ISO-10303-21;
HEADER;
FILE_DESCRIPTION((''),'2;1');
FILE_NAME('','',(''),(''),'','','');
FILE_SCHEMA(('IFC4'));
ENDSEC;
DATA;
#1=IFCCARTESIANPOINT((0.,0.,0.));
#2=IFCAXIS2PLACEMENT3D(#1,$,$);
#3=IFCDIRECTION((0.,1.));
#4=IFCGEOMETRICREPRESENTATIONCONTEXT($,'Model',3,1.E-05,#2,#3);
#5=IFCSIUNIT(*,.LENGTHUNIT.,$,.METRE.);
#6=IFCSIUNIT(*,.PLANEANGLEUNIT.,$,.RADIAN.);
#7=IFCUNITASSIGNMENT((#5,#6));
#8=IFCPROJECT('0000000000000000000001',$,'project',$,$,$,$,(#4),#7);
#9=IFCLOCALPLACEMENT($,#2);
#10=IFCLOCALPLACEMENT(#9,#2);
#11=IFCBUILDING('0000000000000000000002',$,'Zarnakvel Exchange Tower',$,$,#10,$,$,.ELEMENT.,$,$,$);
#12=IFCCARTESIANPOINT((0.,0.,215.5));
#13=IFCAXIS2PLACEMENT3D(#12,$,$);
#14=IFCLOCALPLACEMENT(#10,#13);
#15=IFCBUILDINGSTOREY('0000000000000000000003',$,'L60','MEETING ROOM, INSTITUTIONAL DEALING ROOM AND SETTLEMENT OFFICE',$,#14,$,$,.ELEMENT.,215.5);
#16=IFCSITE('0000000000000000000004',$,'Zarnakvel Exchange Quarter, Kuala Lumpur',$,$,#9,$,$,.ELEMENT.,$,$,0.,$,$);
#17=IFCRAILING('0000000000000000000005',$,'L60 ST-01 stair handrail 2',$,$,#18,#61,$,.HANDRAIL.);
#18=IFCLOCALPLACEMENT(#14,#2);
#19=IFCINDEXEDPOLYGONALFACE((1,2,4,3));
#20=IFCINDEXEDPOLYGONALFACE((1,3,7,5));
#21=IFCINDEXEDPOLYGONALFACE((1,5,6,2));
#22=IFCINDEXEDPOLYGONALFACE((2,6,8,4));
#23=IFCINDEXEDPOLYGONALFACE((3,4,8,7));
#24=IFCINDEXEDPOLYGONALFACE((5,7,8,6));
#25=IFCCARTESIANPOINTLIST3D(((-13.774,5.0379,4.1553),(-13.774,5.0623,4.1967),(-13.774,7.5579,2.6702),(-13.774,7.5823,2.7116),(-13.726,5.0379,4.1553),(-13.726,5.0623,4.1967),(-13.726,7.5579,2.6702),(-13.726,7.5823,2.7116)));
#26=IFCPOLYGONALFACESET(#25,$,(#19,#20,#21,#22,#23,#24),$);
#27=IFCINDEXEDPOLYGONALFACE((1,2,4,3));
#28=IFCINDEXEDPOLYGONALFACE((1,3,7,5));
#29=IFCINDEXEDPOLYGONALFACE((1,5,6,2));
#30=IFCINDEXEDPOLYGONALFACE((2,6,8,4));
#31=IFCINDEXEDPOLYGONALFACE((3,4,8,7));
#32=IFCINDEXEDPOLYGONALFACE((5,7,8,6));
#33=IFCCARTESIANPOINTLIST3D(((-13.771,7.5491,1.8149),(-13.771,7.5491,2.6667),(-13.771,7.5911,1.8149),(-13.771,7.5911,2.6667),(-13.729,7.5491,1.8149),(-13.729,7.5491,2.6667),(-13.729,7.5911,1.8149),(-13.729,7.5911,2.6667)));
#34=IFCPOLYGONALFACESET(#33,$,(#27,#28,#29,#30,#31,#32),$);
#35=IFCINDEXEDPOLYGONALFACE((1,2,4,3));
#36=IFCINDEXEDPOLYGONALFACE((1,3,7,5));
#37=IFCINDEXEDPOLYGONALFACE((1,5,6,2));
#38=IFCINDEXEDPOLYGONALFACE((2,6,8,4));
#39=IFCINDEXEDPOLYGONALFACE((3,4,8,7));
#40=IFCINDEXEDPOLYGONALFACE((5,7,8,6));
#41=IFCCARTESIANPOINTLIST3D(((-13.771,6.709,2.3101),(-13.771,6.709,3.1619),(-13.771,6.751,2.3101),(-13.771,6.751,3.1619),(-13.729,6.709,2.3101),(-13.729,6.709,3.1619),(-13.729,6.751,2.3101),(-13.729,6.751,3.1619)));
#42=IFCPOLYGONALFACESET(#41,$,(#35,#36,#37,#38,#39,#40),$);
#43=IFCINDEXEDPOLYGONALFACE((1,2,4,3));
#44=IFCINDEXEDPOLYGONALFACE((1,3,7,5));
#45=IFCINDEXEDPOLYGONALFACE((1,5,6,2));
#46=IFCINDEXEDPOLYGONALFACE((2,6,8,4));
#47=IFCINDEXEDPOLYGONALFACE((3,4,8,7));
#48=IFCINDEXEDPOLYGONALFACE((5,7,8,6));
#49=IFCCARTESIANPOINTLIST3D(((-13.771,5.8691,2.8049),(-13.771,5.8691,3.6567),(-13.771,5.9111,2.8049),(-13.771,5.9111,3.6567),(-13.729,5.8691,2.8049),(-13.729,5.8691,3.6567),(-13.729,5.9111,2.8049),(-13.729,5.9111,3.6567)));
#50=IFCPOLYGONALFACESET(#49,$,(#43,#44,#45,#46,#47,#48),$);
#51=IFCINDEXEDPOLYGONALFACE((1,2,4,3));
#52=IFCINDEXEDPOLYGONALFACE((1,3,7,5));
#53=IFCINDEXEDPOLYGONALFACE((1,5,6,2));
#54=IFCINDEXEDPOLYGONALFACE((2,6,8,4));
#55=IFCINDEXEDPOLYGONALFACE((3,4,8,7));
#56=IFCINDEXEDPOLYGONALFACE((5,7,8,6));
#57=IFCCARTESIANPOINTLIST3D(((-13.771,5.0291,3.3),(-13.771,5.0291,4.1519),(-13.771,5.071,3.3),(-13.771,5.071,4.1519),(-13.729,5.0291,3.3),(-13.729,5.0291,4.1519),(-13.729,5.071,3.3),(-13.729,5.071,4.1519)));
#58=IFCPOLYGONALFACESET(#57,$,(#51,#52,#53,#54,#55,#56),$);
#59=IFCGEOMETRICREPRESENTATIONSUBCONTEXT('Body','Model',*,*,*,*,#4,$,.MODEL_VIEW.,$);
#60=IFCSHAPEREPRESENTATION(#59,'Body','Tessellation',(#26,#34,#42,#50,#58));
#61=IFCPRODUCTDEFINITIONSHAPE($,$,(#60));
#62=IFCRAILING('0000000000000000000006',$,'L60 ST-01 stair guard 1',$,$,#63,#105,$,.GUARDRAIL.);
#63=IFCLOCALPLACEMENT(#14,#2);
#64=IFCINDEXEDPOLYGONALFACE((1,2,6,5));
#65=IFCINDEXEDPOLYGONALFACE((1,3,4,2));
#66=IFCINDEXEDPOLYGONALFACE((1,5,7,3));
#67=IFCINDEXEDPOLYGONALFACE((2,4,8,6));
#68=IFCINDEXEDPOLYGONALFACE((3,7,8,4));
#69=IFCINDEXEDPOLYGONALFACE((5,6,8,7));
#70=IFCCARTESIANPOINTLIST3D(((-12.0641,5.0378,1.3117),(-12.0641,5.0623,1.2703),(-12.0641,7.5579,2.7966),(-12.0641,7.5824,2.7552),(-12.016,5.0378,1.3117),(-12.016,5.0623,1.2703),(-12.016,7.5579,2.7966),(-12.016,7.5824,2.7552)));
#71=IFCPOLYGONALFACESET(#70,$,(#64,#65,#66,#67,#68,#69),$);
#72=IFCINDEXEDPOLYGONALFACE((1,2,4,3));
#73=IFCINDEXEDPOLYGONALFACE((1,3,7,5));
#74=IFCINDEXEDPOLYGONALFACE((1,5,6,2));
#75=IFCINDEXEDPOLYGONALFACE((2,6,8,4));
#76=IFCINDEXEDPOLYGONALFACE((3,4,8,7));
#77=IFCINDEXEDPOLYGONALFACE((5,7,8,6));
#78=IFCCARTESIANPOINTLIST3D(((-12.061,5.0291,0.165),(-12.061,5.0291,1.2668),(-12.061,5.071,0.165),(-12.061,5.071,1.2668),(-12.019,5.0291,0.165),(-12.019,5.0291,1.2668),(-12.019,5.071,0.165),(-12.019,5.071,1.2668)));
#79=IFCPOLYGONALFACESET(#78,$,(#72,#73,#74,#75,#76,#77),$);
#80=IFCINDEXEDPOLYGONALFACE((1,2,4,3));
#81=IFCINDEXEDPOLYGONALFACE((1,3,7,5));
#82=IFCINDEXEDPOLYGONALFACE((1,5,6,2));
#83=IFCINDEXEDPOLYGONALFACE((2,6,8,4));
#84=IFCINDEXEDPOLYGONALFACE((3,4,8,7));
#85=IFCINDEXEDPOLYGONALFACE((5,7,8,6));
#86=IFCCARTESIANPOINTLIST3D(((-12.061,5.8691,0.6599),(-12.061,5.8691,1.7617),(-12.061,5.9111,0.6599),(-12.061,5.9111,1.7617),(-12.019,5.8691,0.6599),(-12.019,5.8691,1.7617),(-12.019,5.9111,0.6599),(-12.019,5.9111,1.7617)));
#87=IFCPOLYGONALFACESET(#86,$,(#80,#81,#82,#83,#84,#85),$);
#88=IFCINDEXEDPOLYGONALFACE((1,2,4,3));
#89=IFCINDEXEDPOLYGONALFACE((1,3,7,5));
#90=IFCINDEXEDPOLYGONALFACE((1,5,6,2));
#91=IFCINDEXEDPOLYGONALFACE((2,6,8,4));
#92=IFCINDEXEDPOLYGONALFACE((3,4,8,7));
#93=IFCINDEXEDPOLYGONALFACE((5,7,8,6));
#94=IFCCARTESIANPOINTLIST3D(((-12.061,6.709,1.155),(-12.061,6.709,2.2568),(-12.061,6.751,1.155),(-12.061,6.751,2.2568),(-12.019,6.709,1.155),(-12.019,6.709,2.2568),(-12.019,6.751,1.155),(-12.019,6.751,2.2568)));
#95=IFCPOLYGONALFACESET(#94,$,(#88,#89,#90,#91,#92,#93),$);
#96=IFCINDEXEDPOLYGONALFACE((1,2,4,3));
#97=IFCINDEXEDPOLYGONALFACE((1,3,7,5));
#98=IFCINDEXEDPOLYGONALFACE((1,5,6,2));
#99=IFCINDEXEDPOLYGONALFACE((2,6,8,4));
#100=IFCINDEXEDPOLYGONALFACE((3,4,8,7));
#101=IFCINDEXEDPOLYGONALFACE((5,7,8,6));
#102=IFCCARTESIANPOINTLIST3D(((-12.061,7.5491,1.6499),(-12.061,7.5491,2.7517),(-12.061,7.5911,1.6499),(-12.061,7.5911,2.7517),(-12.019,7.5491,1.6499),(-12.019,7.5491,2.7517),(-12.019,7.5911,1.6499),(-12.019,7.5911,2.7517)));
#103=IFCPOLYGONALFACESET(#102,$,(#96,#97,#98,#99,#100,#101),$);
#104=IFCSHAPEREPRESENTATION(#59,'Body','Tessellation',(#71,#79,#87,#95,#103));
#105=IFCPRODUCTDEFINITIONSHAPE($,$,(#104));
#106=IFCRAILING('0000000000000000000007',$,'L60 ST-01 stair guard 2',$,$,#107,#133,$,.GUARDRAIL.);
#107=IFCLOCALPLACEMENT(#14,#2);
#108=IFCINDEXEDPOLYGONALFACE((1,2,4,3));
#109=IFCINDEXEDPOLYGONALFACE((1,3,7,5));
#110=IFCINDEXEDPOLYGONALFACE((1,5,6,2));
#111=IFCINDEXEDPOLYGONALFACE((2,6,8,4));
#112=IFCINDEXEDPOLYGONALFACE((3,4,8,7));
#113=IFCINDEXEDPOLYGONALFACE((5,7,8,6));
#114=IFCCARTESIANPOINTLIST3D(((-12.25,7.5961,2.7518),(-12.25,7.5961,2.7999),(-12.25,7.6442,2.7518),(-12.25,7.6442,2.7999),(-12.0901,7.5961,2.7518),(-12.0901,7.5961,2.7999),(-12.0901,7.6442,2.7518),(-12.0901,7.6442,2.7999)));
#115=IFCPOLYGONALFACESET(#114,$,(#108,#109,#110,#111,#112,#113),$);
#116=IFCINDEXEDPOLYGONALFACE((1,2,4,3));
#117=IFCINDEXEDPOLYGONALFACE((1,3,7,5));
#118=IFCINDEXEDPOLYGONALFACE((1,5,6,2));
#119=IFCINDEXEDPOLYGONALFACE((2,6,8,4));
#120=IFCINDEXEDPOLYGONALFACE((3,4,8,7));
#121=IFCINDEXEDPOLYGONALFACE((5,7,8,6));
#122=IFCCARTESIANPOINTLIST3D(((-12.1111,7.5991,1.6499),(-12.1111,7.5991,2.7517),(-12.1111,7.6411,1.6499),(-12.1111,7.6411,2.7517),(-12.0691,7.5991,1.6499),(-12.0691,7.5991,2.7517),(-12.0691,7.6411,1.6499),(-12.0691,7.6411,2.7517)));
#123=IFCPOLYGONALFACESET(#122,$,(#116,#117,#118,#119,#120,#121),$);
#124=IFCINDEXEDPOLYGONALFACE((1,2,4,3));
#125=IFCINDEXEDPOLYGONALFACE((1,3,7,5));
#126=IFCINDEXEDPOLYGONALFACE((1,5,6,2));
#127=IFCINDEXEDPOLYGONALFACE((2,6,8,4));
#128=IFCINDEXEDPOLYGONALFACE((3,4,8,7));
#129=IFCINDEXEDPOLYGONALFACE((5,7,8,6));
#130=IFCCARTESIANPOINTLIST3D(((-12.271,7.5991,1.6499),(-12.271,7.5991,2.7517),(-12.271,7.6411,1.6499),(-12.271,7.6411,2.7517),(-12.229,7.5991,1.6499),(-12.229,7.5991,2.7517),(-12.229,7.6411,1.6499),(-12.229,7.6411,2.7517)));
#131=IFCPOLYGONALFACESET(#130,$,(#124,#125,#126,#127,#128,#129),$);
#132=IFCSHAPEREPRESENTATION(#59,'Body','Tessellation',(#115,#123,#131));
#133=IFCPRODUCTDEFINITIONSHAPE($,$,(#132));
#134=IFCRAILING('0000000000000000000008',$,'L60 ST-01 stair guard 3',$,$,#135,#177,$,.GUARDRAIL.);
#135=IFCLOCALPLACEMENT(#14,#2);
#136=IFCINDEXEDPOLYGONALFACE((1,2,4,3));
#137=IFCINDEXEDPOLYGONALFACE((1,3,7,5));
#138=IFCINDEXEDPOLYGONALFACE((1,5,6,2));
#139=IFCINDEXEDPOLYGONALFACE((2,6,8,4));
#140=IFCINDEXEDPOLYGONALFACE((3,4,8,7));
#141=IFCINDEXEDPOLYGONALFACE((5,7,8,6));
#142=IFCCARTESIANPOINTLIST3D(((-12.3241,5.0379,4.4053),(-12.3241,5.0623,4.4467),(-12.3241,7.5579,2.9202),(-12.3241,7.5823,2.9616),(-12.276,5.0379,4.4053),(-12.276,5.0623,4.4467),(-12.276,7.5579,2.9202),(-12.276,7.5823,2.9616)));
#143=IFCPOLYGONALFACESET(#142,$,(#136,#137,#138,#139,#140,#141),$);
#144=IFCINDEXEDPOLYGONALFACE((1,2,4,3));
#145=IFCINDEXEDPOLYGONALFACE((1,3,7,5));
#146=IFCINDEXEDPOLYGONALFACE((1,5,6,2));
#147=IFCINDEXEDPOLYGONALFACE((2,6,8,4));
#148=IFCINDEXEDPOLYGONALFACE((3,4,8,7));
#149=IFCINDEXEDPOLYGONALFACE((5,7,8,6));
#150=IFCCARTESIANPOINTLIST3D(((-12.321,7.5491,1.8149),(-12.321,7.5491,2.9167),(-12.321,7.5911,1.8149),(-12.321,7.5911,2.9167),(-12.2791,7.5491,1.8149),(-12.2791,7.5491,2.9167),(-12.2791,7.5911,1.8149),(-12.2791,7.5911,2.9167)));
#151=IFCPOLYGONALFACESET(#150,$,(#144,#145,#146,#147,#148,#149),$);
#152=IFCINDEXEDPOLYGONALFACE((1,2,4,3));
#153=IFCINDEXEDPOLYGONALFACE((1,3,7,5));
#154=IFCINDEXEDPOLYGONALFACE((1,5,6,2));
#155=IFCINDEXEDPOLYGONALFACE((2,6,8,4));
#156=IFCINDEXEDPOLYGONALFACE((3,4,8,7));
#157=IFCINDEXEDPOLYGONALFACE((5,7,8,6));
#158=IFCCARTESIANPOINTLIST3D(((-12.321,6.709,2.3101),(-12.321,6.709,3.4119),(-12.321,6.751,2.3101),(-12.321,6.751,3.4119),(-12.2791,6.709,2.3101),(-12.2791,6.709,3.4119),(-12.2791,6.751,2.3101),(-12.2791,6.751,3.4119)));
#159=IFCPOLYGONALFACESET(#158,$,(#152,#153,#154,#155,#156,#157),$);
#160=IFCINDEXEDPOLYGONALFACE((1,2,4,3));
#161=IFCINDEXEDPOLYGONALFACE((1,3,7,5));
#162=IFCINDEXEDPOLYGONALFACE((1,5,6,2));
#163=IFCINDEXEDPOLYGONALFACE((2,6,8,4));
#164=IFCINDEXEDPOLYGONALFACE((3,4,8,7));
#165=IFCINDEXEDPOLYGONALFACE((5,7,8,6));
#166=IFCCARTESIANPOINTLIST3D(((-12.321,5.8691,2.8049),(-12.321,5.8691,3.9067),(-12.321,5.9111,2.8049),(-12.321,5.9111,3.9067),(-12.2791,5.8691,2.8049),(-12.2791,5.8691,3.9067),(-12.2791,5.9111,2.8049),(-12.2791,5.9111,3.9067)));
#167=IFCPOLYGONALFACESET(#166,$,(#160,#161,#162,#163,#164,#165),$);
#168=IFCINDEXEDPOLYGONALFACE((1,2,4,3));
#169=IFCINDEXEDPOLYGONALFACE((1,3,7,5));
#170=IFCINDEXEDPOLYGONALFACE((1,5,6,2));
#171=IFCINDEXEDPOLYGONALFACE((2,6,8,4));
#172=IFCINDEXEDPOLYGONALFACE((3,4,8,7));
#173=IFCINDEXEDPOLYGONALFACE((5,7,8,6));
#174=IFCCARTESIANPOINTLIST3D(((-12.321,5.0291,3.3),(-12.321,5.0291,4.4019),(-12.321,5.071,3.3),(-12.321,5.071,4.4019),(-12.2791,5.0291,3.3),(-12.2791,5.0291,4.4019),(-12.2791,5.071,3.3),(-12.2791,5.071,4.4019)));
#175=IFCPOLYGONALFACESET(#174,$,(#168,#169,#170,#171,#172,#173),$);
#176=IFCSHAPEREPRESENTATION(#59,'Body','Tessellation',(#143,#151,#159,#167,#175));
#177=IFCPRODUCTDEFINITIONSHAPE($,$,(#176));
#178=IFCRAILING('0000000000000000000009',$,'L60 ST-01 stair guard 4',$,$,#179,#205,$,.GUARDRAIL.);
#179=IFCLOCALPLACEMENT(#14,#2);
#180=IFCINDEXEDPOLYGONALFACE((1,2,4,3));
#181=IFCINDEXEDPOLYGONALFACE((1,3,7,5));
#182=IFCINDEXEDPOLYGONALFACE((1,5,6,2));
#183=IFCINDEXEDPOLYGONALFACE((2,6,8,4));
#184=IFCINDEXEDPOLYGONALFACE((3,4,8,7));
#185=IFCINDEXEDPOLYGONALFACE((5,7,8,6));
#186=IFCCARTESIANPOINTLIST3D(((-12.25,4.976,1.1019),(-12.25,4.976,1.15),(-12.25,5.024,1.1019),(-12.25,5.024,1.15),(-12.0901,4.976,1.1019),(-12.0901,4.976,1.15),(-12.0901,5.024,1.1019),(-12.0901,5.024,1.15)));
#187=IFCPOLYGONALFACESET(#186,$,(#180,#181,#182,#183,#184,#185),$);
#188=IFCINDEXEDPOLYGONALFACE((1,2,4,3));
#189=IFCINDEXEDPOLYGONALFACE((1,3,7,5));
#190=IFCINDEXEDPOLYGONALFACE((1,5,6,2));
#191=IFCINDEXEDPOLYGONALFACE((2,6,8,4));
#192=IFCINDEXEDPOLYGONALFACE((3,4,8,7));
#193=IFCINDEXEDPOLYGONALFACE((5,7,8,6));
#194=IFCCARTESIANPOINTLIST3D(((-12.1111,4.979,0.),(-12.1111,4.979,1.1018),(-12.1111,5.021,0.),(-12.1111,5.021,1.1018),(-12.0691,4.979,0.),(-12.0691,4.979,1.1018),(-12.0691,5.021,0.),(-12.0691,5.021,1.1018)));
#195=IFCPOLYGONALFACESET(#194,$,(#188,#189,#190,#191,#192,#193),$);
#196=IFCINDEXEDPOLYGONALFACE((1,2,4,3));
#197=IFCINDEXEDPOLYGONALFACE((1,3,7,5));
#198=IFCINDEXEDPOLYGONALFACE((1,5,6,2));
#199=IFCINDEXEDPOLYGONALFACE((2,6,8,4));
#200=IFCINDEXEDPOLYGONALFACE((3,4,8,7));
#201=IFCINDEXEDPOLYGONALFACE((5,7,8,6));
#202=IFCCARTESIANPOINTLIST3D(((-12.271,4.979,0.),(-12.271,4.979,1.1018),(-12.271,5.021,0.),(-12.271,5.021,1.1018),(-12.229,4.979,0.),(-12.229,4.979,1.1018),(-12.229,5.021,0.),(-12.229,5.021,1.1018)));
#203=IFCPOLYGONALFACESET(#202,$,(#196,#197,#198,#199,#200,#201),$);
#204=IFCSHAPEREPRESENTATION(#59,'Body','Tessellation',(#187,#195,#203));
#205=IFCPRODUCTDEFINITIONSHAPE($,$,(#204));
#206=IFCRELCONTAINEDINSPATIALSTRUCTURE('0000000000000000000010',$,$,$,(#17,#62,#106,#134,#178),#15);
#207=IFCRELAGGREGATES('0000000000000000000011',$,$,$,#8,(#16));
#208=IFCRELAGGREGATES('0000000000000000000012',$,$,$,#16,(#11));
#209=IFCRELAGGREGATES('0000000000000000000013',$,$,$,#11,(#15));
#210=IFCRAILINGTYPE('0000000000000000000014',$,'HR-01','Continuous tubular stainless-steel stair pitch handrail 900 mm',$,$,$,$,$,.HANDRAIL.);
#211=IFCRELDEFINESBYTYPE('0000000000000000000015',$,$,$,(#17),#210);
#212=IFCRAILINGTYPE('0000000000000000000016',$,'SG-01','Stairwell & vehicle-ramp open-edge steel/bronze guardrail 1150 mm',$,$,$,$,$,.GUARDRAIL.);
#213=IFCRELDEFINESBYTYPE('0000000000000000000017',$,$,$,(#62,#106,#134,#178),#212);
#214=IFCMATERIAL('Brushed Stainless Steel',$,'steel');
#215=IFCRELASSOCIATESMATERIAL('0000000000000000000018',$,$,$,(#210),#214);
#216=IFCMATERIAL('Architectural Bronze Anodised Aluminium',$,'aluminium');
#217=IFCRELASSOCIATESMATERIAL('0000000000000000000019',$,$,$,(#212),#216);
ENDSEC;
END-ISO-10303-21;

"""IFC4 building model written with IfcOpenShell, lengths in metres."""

from ifc_helpers import new_model, si_unit, direction, frame, origin, origin_2d, place, context, subcontext, project, spatial, rectangle, extrude, material, type_object, element, save


model = new_model("IFC4")

# Units and contexts
model_context = context("Model", 3, precision=1e-05, world=origin(), true_north=direction((0.0, 1.0)))
body_context = subcontext(model_context, "Body", "Model", "MODEL_VIEW")
ifc_project = project(units=[si_unit("LENGTHUNIT", "METRE"), si_unit("PLANEANGLEUNIT", "RADIAN")], contexts=[model_context])

# Site, building, storey
site_placement = place(None, origin())
site = spatial("IfcSite", under=ifc_project, at=site_placement, Name="Zarnakvel Exchange Quarter, Kuala Lumpur", CompositionType="ELEMENT", RefElevation=0.0)
building_placement = place(site_placement, origin())
building = spatial("IfcBuilding", under=site, at=building_placement, Name="Zarnakvel Exchange Tower", CompositionType="ELEMENT")
storey_placement = place(building_placement, frame((0.0, 0.0, 215.5)))
storey = spatial("IfcBuildingStorey", under=building, at=storey_placement, Name="L60", Description="MEETING ROOM, INSTITUTIONAL DEALING ROOM AND SETTLEMENT OFFICE", CompositionType="ELEMENT", Elevation=215.5)

# Shared definitions
ifc_material_1 = material(Name="Architectural Bronze Anodised Aluminium", Category="aluminium")

# Railings
ifc_material_2 = material(Name="Brushed Stainless Steel", Category="steel")
railing_type_1 = type_object("IfcRailingType", Name="HR-01", Description="Continuous tubular stainless-steel stair pitch handrail 900 mm", PredefinedType="HANDRAIL", material=ifc_material_2)
railing_1_placement = place(storey_placement, frame((-13.75, 7.5701, 1.8149)))
element("IfcRailing", 1, at=railing_1_placement, inside=storey, type_object=railing_type_1, Name="L60 ST-01 stair handrail 2", PredefinedType="HANDRAIL", context=body_context, shape_type="SweptSolid", body=[
    extrude(rectangle(XDim=0.0481, YDim=0.0481, at=origin_2d()), frame((0.0, 0.0, 0.876), z_axis=(0.0, -0.861524, 0.507717), x_axis=(1.0, 0.0, 0.0)), (0.0, 0.0, 1.0), 2.925),
    extrude(rectangle(XDim=0.042, YDim=0.042, at=origin_2d()), origin(), (0.0, 0.0, 1.0), 0.8518),
    extrude(rectangle(XDim=0.042, YDim=0.042, at=origin_2d()), frame((0.0, -0.8401, 0.4951)), (0.0, 0.0, 1.0), 0.8518),
    extrude(rectangle(XDim=0.042, YDim=0.042, at=origin_2d()), frame((0.0, -1.6799, 0.99)), (0.0, 0.0, 1.0), 0.8518),
    extrude(rectangle(XDim=0.042, YDim=0.042, at=origin_2d()), frame((0.0, -2.52, 1.4851)), (0.0, 0.0, 1.0), 0.8518),
])
railing_type_2 = type_object("IfcRailingType", Name="SG-01", Description="Stairwell & vehicle-ramp open-edge steel/bronze guardrail 1150 mm", PredefinedType="GUARDRAIL", material=ifc_material_1)
railing_2_placement = place(storey_placement, frame((-12.04, 5.05, 0.165)))
element("IfcRailing", 2, at=railing_2_placement, inside=storey, type_object=railing_type_2, Name="L60 ST-01 stair guard 1", PredefinedType="GUARDRAIL", context=body_context, shape_type="SweptSolid", body=[
    extrude(rectangle(XDim=0.0481, YDim=0.0481, at=origin_2d()), frame((0.0, 0.0, 1.126), z_axis=(0.0, 0.861561, 0.507655), x_axis=(-1.0, 0.0, 0.0)), (0.0, 0.0, 1.0), 2.925),
    extrude(rectangle(XDim=0.042, YDim=0.042, at=origin_2d()), origin(), (0.0, 0.0, 1.0), 1.1018),
    extrude(rectangle(XDim=0.042, YDim=0.042, at=origin_2d()), frame((0.0, 0.8401, 0.4949)), (0.0, 0.0, 1.0), 1.1018),
    extrude(rectangle(XDim=0.042, YDim=0.042, at=origin_2d()), frame((0.0, 1.6799, 0.99)), (0.0, 0.0, 1.0), 1.1018),
    extrude(rectangle(XDim=0.042, YDim=0.042, at=origin_2d()), frame((0.0, 2.52, 1.4849)), (0.0, 0.0, 1.0), 1.1018),
])
railing_3_placement = place(storey_placement, frame((-12.0901, 7.6201, 1.6499)))
element("IfcRailing", 3, at=railing_3_placement, inside=storey, type_object=railing_type_2, Name="L60 ST-01 stair guard 2", PredefinedType="GUARDRAIL", context=body_context, shape_type="SweptSolid", body=[
    extrude(rectangle(XDim=0.0481, YDim=0.0481, at=origin_2d()), frame((0.0, 0.0, 1.126), z_axis=(-1.0, 0.0, 0.0), x_axis=(0.0, -1.0, 0.0)), (0.0, 0.0, 1.0), 0.1599),
    extrude(rectangle(XDim=0.042, YDim=0.042, at=origin_2d()), origin(), (0.0, 0.0, 1.0), 1.1018),
    extrude(rectangle(XDim=0.042, YDim=0.042, at=origin_2d()), frame((-0.1599, 0.0, 0.0)), (0.0, 0.0, 1.0), 1.1018),
])
railing_4_placement = place(storey_placement, frame((-12.3, 7.5701, 1.8149)))
element("IfcRailing", 4, at=railing_4_placement, inside=storey, type_object=railing_type_2, Name="L60 ST-01 stair guard 3", PredefinedType="GUARDRAIL", context=body_context, shape_type="SweptSolid", body=[
    extrude(rectangle(XDim=0.0481, YDim=0.0481, at=origin_2d()), frame((0.0, 0.0, 1.126), z_axis=(0.0, -0.861524, 0.507717), x_axis=(1.0, 0.0, 0.0)), (0.0, 0.0, 1.0), 2.925),
    extrude(rectangle(XDim=0.042, YDim=0.042, at=origin_2d()), origin(), (0.0, 0.0, 1.0), 1.1018),
    extrude(rectangle(XDim=0.042, YDim=0.042, at=origin_2d()), frame((0.0, -0.8401, 0.4951)), (0.0, 0.0, 1.0), 1.1018),
    extrude(rectangle(XDim=0.042, YDim=0.042, at=origin_2d()), frame((0.0, -1.6799, 0.99)), (0.0, 0.0, 1.0), 1.1018),
    extrude(rectangle(XDim=0.042, YDim=0.042, at=origin_2d()), frame((0.0, -2.52, 1.4851)), (0.0, 0.0, 1.0), 1.1018),
])
railing_5_placement = place(storey_placement, frame((-12.0901, 5.0, 0.0)))
element("IfcRailing", 5, at=railing_5_placement, inside=storey, type_object=railing_type_2, Name="L60 ST-01 stair guard 4", PredefinedType="GUARDRAIL", context=body_context, shape_type="SweptSolid", body=[
    extrude(rectangle(XDim=0.0481, YDim=0.0481, at=origin_2d()), frame((0.0, 0.0, 1.126), z_axis=(-1.0, 0.0, 0.0), x_axis=(0.0, -1.0, 0.0)), (0.0, 0.0, 1.0), 0.1599),
    extrude(rectangle(XDim=0.042, YDim=0.042, at=origin_2d()), origin(), (0.0, 0.0, 1.0), 1.1018),
    extrude(rectangle(XDim=0.042, YDim=0.042, at=origin_2d()), frame((-0.1599, 0.0, 0.0)), (0.0, 0.0, 1.0), 1.1018),
])

save(model, "model.ifc")
